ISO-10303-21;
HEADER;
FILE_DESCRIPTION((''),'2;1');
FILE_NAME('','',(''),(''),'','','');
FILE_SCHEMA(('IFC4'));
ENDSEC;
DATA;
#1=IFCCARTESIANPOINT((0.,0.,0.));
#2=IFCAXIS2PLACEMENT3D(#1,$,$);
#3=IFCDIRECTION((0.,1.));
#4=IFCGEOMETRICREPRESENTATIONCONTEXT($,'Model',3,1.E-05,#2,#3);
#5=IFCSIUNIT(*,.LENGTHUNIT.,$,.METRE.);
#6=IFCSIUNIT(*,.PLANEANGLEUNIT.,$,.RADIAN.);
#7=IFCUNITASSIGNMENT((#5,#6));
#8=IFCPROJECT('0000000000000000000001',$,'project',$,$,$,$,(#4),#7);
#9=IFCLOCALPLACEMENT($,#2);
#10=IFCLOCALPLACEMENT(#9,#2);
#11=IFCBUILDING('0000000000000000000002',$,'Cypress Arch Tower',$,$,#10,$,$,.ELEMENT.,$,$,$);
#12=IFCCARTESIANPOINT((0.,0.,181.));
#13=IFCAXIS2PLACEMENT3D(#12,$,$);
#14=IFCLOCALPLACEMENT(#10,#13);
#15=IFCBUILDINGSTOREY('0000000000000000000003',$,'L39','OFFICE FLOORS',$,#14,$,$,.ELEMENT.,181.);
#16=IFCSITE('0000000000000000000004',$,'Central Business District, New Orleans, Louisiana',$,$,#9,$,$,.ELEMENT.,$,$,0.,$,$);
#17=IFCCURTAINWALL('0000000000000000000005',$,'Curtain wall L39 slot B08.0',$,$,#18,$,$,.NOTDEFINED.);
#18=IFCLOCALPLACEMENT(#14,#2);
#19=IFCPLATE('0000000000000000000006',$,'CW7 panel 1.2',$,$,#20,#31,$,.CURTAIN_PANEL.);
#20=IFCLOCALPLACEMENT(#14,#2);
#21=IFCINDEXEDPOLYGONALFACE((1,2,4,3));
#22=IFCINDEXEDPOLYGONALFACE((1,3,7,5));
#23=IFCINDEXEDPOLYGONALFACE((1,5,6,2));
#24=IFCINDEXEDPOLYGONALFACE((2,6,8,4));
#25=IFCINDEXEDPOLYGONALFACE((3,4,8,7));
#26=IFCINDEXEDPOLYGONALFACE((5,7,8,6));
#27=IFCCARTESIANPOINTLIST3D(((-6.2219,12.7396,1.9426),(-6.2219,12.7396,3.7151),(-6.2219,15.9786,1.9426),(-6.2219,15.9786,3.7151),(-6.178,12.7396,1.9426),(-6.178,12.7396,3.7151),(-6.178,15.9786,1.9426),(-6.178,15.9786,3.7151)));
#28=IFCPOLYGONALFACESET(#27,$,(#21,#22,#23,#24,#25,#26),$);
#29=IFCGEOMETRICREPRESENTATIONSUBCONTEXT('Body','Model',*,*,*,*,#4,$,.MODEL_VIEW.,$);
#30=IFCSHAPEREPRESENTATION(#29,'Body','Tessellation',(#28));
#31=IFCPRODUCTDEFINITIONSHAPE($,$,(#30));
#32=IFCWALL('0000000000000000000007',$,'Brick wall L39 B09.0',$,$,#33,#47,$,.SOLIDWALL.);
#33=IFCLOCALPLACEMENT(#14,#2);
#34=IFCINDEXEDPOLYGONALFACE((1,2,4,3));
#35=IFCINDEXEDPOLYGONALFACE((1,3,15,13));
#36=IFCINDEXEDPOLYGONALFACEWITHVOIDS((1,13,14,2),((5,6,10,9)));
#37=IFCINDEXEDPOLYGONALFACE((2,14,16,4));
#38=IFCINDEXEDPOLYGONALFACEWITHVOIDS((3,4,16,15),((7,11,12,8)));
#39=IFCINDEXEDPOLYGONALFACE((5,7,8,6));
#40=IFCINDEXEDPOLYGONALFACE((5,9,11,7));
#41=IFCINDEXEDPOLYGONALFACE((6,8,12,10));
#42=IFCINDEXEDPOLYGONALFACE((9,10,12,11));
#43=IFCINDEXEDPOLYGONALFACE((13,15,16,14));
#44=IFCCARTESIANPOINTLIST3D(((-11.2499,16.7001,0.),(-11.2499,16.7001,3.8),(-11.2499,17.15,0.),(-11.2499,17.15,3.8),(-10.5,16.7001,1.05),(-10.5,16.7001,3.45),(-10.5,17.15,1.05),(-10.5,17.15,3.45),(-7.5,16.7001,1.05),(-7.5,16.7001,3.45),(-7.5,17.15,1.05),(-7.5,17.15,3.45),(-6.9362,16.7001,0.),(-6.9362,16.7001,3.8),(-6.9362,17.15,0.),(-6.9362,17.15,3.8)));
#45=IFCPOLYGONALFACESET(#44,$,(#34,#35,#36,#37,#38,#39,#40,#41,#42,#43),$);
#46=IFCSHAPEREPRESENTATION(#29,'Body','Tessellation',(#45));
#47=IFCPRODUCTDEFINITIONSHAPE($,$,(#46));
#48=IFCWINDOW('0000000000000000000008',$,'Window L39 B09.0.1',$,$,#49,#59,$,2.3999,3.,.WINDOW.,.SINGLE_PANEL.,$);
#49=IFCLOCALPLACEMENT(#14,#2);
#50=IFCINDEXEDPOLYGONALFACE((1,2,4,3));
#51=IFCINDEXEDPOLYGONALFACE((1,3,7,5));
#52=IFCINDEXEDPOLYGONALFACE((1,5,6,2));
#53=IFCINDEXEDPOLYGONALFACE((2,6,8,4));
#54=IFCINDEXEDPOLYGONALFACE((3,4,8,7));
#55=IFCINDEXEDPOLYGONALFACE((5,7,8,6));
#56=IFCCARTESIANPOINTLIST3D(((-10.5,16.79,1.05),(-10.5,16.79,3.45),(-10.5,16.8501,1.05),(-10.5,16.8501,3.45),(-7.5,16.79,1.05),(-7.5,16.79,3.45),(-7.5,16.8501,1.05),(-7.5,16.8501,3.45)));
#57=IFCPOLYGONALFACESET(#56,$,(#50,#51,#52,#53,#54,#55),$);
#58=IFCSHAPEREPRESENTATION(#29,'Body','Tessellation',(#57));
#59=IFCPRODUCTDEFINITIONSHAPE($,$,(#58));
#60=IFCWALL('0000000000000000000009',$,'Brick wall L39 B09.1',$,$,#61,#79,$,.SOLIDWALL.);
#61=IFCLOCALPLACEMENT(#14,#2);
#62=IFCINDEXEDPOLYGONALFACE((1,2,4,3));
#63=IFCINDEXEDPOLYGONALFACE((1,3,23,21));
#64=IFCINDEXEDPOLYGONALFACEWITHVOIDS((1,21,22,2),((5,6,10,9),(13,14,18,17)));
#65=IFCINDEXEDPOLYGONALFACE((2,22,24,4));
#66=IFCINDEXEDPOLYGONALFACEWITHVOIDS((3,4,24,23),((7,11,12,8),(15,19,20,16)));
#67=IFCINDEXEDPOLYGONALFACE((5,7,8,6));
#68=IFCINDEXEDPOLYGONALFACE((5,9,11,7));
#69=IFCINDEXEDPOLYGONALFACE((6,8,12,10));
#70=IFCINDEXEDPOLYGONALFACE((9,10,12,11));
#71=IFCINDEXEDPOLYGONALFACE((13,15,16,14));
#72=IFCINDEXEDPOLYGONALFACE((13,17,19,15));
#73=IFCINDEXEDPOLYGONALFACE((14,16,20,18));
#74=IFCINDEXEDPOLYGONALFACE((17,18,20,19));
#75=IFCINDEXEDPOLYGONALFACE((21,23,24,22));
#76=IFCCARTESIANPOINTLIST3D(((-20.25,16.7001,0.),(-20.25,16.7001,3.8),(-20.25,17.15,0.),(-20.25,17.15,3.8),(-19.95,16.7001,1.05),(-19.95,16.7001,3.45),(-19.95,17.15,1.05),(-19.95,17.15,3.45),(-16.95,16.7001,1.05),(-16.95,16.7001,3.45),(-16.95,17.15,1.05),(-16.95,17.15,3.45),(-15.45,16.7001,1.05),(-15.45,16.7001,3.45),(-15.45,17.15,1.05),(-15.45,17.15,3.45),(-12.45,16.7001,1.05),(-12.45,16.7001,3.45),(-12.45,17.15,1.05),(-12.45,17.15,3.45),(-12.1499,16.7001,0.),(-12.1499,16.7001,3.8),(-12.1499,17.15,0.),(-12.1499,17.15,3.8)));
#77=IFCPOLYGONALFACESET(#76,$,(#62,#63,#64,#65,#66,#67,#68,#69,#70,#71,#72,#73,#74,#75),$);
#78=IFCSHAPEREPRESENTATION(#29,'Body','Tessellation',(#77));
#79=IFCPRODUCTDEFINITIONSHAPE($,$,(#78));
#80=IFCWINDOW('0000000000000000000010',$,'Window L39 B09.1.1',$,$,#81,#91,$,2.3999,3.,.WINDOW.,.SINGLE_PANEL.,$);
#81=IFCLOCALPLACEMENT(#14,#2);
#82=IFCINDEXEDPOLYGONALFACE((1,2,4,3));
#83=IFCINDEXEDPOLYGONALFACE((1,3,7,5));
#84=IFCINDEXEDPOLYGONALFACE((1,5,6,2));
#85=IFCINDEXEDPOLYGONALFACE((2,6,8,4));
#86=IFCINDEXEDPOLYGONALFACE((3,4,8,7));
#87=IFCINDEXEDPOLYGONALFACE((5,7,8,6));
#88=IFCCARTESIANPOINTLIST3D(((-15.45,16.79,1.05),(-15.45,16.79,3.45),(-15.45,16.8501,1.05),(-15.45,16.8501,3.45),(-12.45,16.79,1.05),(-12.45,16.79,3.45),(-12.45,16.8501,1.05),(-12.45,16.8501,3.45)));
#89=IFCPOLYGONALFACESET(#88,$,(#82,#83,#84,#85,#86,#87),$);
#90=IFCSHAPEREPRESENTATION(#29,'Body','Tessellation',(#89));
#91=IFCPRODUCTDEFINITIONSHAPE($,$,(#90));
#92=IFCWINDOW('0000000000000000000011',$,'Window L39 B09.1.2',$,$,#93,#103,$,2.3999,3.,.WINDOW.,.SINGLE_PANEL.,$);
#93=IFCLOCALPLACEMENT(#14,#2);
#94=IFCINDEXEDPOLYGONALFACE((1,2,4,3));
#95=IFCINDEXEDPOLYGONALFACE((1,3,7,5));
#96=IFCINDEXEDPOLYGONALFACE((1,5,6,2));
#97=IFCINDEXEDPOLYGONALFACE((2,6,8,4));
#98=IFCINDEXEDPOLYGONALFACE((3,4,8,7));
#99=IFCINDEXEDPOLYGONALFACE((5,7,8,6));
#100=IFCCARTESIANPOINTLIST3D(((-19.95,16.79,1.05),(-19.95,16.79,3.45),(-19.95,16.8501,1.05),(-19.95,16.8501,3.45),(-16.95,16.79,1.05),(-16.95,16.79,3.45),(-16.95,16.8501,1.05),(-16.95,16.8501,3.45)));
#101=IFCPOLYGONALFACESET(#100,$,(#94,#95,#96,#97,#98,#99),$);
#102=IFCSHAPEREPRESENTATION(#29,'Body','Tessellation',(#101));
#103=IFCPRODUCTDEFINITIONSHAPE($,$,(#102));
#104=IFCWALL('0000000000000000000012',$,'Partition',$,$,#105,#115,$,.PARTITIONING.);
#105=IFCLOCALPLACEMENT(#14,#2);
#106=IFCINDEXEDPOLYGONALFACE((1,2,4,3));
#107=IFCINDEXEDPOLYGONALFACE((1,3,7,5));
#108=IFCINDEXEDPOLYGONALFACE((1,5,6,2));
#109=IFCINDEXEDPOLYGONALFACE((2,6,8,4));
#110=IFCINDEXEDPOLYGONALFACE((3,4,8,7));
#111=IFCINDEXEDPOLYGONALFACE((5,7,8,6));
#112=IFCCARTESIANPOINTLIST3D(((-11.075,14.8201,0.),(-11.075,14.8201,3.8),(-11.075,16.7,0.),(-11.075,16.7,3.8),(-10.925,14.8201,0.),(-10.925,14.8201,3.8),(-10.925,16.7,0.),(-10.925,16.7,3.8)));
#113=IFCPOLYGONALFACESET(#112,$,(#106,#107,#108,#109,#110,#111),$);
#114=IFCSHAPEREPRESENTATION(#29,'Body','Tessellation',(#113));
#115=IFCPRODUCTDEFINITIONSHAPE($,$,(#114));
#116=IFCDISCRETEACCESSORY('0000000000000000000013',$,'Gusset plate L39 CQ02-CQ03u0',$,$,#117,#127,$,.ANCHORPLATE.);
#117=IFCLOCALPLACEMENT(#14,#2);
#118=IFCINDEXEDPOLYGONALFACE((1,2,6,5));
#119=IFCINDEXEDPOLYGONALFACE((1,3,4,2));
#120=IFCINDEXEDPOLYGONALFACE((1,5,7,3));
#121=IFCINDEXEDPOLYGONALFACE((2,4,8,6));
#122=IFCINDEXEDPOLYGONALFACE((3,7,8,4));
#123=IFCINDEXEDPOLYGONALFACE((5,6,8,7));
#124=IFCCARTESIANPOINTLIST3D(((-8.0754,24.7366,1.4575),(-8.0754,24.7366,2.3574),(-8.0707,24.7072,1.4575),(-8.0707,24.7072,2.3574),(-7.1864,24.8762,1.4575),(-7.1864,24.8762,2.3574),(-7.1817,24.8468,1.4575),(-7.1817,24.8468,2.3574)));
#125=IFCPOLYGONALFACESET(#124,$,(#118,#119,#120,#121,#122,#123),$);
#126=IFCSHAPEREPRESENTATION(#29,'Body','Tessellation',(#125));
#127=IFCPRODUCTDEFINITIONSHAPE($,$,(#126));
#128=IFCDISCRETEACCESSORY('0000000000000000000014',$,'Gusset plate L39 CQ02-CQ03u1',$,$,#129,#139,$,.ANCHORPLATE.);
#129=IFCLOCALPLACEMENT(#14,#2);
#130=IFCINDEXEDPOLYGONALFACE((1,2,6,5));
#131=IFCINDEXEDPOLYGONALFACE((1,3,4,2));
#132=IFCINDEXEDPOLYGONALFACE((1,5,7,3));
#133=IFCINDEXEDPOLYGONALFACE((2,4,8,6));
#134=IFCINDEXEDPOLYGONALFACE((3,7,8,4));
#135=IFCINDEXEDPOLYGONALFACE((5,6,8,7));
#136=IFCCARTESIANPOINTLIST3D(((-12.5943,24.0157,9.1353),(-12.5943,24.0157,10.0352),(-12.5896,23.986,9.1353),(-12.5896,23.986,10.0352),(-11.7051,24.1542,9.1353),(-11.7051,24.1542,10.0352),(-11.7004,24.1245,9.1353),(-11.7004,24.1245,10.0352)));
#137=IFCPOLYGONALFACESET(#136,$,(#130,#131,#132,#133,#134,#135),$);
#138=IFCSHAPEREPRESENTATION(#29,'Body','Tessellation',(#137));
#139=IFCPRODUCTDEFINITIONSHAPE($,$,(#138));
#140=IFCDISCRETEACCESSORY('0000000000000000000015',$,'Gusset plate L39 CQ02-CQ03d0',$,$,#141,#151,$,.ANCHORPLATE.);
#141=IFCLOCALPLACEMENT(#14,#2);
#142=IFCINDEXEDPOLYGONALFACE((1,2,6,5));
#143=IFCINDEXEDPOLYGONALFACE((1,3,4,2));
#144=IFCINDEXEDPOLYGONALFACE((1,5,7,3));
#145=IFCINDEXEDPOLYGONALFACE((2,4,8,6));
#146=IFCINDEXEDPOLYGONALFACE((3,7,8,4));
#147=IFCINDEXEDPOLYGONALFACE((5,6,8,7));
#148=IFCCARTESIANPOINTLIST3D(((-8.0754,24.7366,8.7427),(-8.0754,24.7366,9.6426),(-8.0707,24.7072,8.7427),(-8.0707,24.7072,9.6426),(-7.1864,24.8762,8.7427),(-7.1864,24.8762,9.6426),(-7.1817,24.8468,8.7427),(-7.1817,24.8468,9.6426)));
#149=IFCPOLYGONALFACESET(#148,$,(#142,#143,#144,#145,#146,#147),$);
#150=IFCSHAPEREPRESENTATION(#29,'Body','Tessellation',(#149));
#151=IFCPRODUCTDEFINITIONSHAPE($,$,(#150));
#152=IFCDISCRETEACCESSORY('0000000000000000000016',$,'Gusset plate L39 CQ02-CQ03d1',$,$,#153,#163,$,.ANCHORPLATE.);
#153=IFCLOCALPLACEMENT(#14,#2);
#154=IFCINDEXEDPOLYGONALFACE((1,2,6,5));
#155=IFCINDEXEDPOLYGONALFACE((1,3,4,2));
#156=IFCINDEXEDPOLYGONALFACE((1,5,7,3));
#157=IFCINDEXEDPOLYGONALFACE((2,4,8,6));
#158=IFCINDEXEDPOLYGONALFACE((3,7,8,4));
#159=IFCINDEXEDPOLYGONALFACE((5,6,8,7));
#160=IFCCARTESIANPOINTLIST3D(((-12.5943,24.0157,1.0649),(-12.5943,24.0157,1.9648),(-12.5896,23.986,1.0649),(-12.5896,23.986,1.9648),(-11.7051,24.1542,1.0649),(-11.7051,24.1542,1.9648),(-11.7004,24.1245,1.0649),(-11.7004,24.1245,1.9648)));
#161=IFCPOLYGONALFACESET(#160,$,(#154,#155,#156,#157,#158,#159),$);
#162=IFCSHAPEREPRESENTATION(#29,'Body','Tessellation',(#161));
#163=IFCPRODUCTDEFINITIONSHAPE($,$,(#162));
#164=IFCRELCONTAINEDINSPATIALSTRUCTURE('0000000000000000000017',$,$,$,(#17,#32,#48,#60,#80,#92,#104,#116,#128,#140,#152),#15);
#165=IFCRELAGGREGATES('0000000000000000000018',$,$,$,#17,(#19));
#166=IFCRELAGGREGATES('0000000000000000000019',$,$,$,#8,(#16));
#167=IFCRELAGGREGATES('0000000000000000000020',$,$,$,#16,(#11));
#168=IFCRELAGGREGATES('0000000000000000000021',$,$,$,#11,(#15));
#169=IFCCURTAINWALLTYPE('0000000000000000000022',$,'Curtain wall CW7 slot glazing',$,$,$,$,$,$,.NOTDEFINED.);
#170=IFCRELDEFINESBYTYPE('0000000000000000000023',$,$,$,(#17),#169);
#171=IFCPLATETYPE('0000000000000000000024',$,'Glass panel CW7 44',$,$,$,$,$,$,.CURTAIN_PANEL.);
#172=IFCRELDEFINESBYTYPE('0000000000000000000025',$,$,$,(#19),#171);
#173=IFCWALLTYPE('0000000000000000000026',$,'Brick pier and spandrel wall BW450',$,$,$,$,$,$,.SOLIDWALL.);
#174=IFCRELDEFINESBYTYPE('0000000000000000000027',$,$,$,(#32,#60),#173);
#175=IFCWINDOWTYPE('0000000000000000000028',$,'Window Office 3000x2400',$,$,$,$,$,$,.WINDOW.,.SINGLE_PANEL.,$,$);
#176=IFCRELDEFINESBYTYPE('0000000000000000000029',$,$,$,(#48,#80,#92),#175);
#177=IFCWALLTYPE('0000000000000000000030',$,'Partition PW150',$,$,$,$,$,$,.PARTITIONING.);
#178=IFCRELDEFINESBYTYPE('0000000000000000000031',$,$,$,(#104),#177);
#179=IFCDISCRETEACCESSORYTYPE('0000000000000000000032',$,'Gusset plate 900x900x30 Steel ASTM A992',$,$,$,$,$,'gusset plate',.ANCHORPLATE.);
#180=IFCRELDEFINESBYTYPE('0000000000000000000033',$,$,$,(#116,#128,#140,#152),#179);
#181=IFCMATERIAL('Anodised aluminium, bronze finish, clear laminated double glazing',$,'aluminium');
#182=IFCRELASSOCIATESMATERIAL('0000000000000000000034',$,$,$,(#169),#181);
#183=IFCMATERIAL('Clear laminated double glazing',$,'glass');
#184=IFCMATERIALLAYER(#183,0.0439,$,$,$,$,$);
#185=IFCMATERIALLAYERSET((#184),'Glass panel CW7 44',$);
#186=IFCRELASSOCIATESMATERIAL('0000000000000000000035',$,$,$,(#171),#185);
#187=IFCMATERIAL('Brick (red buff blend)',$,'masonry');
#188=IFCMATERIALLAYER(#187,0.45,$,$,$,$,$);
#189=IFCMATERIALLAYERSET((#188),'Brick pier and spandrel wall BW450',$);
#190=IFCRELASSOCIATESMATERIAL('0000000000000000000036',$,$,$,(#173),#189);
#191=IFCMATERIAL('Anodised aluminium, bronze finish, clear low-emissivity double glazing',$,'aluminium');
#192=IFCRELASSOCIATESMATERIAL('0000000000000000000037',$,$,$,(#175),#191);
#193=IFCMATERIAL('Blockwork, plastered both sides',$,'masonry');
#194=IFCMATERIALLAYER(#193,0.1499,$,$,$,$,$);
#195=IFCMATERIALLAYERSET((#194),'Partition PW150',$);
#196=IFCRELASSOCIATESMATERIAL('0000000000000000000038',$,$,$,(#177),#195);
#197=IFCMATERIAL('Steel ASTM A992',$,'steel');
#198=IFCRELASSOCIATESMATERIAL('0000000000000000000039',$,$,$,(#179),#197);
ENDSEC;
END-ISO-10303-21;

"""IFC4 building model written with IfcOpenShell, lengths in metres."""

from ifc_helpers import new_model, si_unit, direction, frame, frame_2d, origin, origin_2d, place, context, subcontext, project, spatial, rectangle, extrude, material, layer, layer_set, material_profile, profile_set, type_object, element, fill, aggregate, save


model = new_model("IFC4")

# Units and contexts
model_context = context("Model", 3, precision=1e-05, world=origin(), true_north=direction((0.0, 1.0)))
body_context = subcontext(model_context, "Body", "Model", "MODEL_VIEW")
ifc_project = project(units=[si_unit("LENGTHUNIT", "METRE"), si_unit("PLANEANGLEUNIT", "RADIAN")], contexts=[model_context])

# Site, building, storey
site_placement = place(None, origin())
site = spatial("IfcSite", under=ifc_project, at=site_placement, Name="Central Business District, New Orleans, Louisiana", CompositionType="ELEMENT", RefElevation=0.0)
building_placement = place(site_placement, origin())
building = spatial("IfcBuilding", under=site, at=building_placement, Name="Cypress Arch Tower", CompositionType="ELEMENT")
storey_placement = place(building_placement, frame((0.0, 0.0, 181.0)))
storey = spatial("IfcBuildingStorey", under=building, at=storey_placement, Name="L39", Description="OFFICE FLOORS", CompositionType="ELEMENT", Elevation=181.0)

# Curtain wall
ifc_material_1 = material(Name="Anodised aluminium, bronze finish, clear laminated double glazing", Category="aluminium")
curtain_wall_type = type_object("IfcCurtainWallType", Name="Curtain wall CW7 slot glazing", PredefinedType="NOTDEFINED", material=ifc_material_1)
curtain_wall_placement = place(storey_placement, origin())
curtain_wall = element("IfcCurtainWall", 1, at=curtain_wall_placement, inside=storey, type_object=curtain_wall_type, Name="Curtain wall L39 slot B08.0", PredefinedType="NOTDEFINED")

# Plate
ifc_material_2 = material(Name="Clear laminated double glazing", Category="glass")
ifc_layer_1 = layer(ifc_material_2, 0.0439)
ifc_layer_set_1 = layer_set([ifc_layer_1], Name="Glass panel CW7 44")
plate_type = type_object("IfcPlateType", Name="Glass panel CW7 44", PredefinedType="CURTAIN_PANEL", material=ifc_layer_set_1)
plate_1_placement = place(storey_placement, frame((-6.2, 14.3591, 1.9426), z_axis=(0.0, 0.0, 1.0), x_axis=(0.0, 1.0, 0.0)))
plate_1 = element("IfcPlate", 2, at=plate_1_placement, type_object=plate_type, Name="CW7 panel 1.2", PredefinedType="CURTAIN_PANEL", context=body_context, shape_type="SweptSolid", body=[
    extrude(rectangle(XDim=3.239, YDim=0.0439, at=origin_2d()), origin(), (0.0, 0.0, 1.0), 1.7725),
])
aggregate(curtain_wall, [plate_1])

# Wall, opening, window
ifc_material_3 = material(Name="Brick (red buff blend)", Category="masonry")
ifc_layer_2 = layer(ifc_material_3, 0.45)
ifc_layer_set_2 = layer_set([ifc_layer_2], Name="Brick pier and spandrel wall BW450")
wall_type_1 = type_object("IfcWallType", Name="Brick pier and spandrel wall BW450", PredefinedType="SOLIDWALL", material=ifc_layer_set_2)
wall_1_placement = place(storey_placement, frame((-6.9363, 16.925, 0.0), z_axis=(0.0, 0.0, 1.0), x_axis=(-1.0, 0.0, 0.0)))
wall_1 = element("IfcWall", 3, at=wall_1_placement, inside=storey, type_object=wall_type_1, Name="Brick wall L39 B09.0", PredefinedType="SOLIDWALL", context=body_context, shape_type="SweptSolid", body=[
    extrude(rectangle(XDim=4.3137, YDim=0.45, at=frame_2d((2.1567, 0.0))), origin(), (0.0, 0.0, 1.0), 3.8),
])
opening_1_placement = place(wall_1_placement, frame((0.5637, 0.0, 1.05)))
opening_1 = element("IfcOpeningElement", 4, at=opening_1_placement, cuts=wall_1, PredefinedType="OPENING", context=body_context, shape_type="SweptSolid", body=[
    extrude(rectangle(XDim=3.0, YDim=2.3999, at=frame_2d((1.5, 1.2))), frame((0.0, 0.2349, 0.0), z_axis=(0.0, -1.0, 0.0), x_axis=(1.0, 0.0, 0.0)), (0.0, 0.0, 1.0), 0.47),
])
ifc_material_4 = material(Name="Anodised aluminium, bronze finish, clear low-emissivity double glazing", Category="aluminium")
window_type = type_object("IfcWindowType", Name="Window Office 3000x2400", PartitioningType="SINGLE_PANEL", PredefinedType="WINDOW", material=ifc_material_4)
window_1_placement = place(opening_1_placement, origin())
window_1 = element("IfcWindow", 5, at=window_1_placement, inside=storey, type_object=window_type, Name="Window L39 B09.0.1", OverallHeight=2.3999, OverallWidth=3.0, PartitioningType="SINGLE_PANEL", PredefinedType="WINDOW", context=body_context, shape_type="SweptSolid", body=[
    extrude(rectangle(XDim=3.0, YDim=2.3999, at=frame_2d((1.5, 1.2))), frame((0.0, 0.135, 0.0), z_axis=(0.0, -1.0, 0.0), x_axis=(1.0, 0.0, 0.0)), (0.0, 0.0, 1.0), 0.0601),
])
fill(opening_1, window_1)

# Wall, openings, windows
wall_2_placement = place(storey_placement, frame((-12.1499, 16.925, 0.0), z_axis=(0.0, 0.0, 1.0), x_axis=(-1.0, 0.0, 0.0)))
wall_2 = element("IfcWall", 6, at=wall_2_placement, inside=storey, type_object=wall_type_1, Name="Brick wall L39 B09.1", PredefinedType="SOLIDWALL", context=body_context, shape_type="SweptSolid", body=[
    extrude(rectangle(XDim=8.1001, YDim=0.45, at=frame_2d((4.05, 0.0))), origin(), (0.0, 0.0, 1.0), 3.8),
])
opening_2_placement = place(wall_2_placement, frame((0.3, 0.0, 1.05)))
opening_2 = element("IfcOpeningElement", 7, at=opening_2_placement, cuts=wall_2, PredefinedType="OPENING", context=body_context, shape_type="SweptSolid", body=[
    extrude(rectangle(XDim=3.0, YDim=2.3999, at=frame_2d((1.5, 1.2))), frame((0.0, 0.2349, 0.0), z_axis=(0.0, -1.0, 0.0), x_axis=(1.0, 0.0, 0.0)), (0.0, 0.0, 1.0), 0.47),
])
opening_3_placement = place(wall_2_placement, frame((4.8, 0.0, 1.05)))
opening_3 = element("IfcOpeningElement", 8, at=opening_3_placement, cuts=wall_2, PredefinedType="OPENING", context=body_context, shape_type="SweptSolid", body=[
    extrude(rectangle(XDim=3.0, YDim=2.3999, at=frame_2d((1.5, 1.2))), frame((0.0, 0.2349, 0.0), z_axis=(0.0, -1.0, 0.0), x_axis=(1.0, 0.0, 0.0)), (0.0, 0.0, 1.0), 0.47),
])
window_2_placement = place(opening_2_placement, origin())
window_2 = element("IfcWindow", 9, at=window_2_placement, inside=storey, type_object=window_type, Name="Window L39 B09.1.1", OverallHeight=2.3999, OverallWidth=3.0, PartitioningType="SINGLE_PANEL", PredefinedType="WINDOW", context=body_context, shape_type="SweptSolid", body=[
    extrude(rectangle(XDim=3.0, YDim=2.3999, at=frame_2d((1.5, 1.2))), frame((0.0, 0.135, 0.0), z_axis=(0.0, -1.0, 0.0), x_axis=(1.0, 0.0, 0.0)), (0.0, 0.0, 1.0), 0.0601),
])
fill(opening_2, window_2)
window_3_placement = place(opening_3_placement, origin())
window_3 = element("IfcWindow", 10, at=window_3_placement, inside=storey, type_object=window_type, Name="Window L39 B09.1.2", OverallHeight=2.3999, OverallWidth=3.0, PartitioningType="SINGLE_PANEL", PredefinedType="WINDOW", context=body_context, shape_type="SweptSolid", body=[
    extrude(rectangle(XDim=3.0, YDim=2.3999, at=frame_2d((1.5, 1.2))), frame((0.0, 0.135, 0.0), z_axis=(0.0, -1.0, 0.0), x_axis=(1.0, 0.0, 0.0)), (0.0, 0.0, 1.0), 0.0601),
])
fill(opening_3, window_3)

# Wall
ifc_material_5 = material(Name="Blockwork, plastered both sides", Category="masonry")
ifc_layer_3 = layer(ifc_material_5, 0.1499)
ifc_layer_set_3 = layer_set([ifc_layer_3], Name="Partition PW150")
wall_type_2 = type_object("IfcWallType", Name="Partition PW150", PredefinedType="PARTITIONING", material=ifc_layer_set_3)
wall_3_placement = place(storey_placement, frame((-11.0, 14.8201, 0.0), z_axis=(0.0, 0.0, 1.0), x_axis=(0.0, 1.0, 0.0)))
element("IfcWall", 11, at=wall_3_placement, inside=storey, type_object=wall_type_2, Name="Partition", PredefinedType="PARTITIONING", context=body_context, shape_type="SweptSolid", body=[
    extrude(rectangle(XDim=1.8799, YDim=0.1499, at=frame_2d((0.9399, 0.0))), origin(), (0.0, 0.0, 1.0), 3.8),
])

# Discrete accessories
ifc_material_6 = material(Name="Steel ASTM A992", Category="steel")
ifc_material_profile_1 = material_profile(ifc_material_6, rectangle(XDim=0.8999, YDim=0.8999, at=origin_2d()), Name="PL 30 900x900")
ifc_profile_set_1 = profile_set([ifc_material_profile_1], Name="Steel ASTM A992")
discrete_accessory_type_1 = type_object("IfcDiscreteAccessoryType", Name="Gusset plate 900x900x30 Steel ASTM A992", ElementType="gusset plate", PredefinedType="ANCHORPLATE", material=ifc_profile_set_1)
discrete_accessory_1_placement = place(storey_placement, frame((-7.6309, 24.8064, 1.9075), z_axis=(0.155124, -0.987895, 0.0), x_axis=(0.987895, 0.155124, 0.0)))
element("IfcDiscreteAccessory", 12, at=discrete_accessory_1_placement, inside=storey, type_object=discrete_accessory_type_1, Name="Gusset plate L39 CQ02-CQ03u0", PredefinedType="ANCHORPLATE", context=body_context, shape_type="SweptSolid", body=[
    extrude(rectangle(XDim=0.8999, YDim=0.8999, at=origin_2d()), origin(), (0.0, 0.0, 1.0), 0.0298),
])
discrete_accessory_2_placement = place(storey_placement, frame((-12.1497, 24.085, 9.5852), z_axis=(0.153883, -0.988089, 0.0), x_axis=(0.988089, 0.153883, 0.0)))
element("IfcDiscreteAccessory", 13, at=discrete_accessory_2_placement, inside=storey, type_object=discrete_accessory_type_1, Name="Gusset plate L39 CQ02-CQ03u1", PredefinedType="ANCHORPLATE", context=body_context, shape_type="SweptSolid", body=[
    extrude(rectangle(XDim=0.8999, YDim=0.8999, at=origin_2d()), origin(), (0.0, 0.0, 1.0), 0.03),
])
discrete_accessory_3_placement = place(storey_placement, frame((-7.6309, 24.8064, 9.1926), z_axis=(0.155124, -0.987895, 0.0), x_axis=(0.987895, 0.155124, 0.0)))
element("IfcDiscreteAccessory", 14, at=discrete_accessory_3_placement, inside=storey, type_object=discrete_accessory_type_1, Name="Gusset plate L39 CQ02-CQ03d0", PredefinedType="ANCHORPLATE", context=body_context, shape_type="SweptSolid", body=[
    extrude(rectangle(XDim=0.8999, YDim=0.8999, at=origin_2d()), origin(), (0.0, 0.0, 1.0), 0.0298),
])
discrete_accessory_4_placement = place(storey_placement, frame((-12.1497, 24.085, 1.5149), z_axis=(0.153883, -0.988089, 0.0), x_axis=(0.988089, 0.153883, 0.0)))
element("IfcDiscreteAccessory", 15, at=discrete_accessory_4_placement, inside=storey, type_object=discrete_accessory_type_1, Name="Gusset plate L39 CQ02-CQ03d1", PredefinedType="ANCHORPLATE", context=body_context, shape_type="SweptSolid", body=[
    extrude(rectangle(XDim=0.8999, YDim=0.8999, at=origin_2d()), origin(), (0.0, 0.0, 1.0), 0.03),
])

save(model, "model.ifc")
